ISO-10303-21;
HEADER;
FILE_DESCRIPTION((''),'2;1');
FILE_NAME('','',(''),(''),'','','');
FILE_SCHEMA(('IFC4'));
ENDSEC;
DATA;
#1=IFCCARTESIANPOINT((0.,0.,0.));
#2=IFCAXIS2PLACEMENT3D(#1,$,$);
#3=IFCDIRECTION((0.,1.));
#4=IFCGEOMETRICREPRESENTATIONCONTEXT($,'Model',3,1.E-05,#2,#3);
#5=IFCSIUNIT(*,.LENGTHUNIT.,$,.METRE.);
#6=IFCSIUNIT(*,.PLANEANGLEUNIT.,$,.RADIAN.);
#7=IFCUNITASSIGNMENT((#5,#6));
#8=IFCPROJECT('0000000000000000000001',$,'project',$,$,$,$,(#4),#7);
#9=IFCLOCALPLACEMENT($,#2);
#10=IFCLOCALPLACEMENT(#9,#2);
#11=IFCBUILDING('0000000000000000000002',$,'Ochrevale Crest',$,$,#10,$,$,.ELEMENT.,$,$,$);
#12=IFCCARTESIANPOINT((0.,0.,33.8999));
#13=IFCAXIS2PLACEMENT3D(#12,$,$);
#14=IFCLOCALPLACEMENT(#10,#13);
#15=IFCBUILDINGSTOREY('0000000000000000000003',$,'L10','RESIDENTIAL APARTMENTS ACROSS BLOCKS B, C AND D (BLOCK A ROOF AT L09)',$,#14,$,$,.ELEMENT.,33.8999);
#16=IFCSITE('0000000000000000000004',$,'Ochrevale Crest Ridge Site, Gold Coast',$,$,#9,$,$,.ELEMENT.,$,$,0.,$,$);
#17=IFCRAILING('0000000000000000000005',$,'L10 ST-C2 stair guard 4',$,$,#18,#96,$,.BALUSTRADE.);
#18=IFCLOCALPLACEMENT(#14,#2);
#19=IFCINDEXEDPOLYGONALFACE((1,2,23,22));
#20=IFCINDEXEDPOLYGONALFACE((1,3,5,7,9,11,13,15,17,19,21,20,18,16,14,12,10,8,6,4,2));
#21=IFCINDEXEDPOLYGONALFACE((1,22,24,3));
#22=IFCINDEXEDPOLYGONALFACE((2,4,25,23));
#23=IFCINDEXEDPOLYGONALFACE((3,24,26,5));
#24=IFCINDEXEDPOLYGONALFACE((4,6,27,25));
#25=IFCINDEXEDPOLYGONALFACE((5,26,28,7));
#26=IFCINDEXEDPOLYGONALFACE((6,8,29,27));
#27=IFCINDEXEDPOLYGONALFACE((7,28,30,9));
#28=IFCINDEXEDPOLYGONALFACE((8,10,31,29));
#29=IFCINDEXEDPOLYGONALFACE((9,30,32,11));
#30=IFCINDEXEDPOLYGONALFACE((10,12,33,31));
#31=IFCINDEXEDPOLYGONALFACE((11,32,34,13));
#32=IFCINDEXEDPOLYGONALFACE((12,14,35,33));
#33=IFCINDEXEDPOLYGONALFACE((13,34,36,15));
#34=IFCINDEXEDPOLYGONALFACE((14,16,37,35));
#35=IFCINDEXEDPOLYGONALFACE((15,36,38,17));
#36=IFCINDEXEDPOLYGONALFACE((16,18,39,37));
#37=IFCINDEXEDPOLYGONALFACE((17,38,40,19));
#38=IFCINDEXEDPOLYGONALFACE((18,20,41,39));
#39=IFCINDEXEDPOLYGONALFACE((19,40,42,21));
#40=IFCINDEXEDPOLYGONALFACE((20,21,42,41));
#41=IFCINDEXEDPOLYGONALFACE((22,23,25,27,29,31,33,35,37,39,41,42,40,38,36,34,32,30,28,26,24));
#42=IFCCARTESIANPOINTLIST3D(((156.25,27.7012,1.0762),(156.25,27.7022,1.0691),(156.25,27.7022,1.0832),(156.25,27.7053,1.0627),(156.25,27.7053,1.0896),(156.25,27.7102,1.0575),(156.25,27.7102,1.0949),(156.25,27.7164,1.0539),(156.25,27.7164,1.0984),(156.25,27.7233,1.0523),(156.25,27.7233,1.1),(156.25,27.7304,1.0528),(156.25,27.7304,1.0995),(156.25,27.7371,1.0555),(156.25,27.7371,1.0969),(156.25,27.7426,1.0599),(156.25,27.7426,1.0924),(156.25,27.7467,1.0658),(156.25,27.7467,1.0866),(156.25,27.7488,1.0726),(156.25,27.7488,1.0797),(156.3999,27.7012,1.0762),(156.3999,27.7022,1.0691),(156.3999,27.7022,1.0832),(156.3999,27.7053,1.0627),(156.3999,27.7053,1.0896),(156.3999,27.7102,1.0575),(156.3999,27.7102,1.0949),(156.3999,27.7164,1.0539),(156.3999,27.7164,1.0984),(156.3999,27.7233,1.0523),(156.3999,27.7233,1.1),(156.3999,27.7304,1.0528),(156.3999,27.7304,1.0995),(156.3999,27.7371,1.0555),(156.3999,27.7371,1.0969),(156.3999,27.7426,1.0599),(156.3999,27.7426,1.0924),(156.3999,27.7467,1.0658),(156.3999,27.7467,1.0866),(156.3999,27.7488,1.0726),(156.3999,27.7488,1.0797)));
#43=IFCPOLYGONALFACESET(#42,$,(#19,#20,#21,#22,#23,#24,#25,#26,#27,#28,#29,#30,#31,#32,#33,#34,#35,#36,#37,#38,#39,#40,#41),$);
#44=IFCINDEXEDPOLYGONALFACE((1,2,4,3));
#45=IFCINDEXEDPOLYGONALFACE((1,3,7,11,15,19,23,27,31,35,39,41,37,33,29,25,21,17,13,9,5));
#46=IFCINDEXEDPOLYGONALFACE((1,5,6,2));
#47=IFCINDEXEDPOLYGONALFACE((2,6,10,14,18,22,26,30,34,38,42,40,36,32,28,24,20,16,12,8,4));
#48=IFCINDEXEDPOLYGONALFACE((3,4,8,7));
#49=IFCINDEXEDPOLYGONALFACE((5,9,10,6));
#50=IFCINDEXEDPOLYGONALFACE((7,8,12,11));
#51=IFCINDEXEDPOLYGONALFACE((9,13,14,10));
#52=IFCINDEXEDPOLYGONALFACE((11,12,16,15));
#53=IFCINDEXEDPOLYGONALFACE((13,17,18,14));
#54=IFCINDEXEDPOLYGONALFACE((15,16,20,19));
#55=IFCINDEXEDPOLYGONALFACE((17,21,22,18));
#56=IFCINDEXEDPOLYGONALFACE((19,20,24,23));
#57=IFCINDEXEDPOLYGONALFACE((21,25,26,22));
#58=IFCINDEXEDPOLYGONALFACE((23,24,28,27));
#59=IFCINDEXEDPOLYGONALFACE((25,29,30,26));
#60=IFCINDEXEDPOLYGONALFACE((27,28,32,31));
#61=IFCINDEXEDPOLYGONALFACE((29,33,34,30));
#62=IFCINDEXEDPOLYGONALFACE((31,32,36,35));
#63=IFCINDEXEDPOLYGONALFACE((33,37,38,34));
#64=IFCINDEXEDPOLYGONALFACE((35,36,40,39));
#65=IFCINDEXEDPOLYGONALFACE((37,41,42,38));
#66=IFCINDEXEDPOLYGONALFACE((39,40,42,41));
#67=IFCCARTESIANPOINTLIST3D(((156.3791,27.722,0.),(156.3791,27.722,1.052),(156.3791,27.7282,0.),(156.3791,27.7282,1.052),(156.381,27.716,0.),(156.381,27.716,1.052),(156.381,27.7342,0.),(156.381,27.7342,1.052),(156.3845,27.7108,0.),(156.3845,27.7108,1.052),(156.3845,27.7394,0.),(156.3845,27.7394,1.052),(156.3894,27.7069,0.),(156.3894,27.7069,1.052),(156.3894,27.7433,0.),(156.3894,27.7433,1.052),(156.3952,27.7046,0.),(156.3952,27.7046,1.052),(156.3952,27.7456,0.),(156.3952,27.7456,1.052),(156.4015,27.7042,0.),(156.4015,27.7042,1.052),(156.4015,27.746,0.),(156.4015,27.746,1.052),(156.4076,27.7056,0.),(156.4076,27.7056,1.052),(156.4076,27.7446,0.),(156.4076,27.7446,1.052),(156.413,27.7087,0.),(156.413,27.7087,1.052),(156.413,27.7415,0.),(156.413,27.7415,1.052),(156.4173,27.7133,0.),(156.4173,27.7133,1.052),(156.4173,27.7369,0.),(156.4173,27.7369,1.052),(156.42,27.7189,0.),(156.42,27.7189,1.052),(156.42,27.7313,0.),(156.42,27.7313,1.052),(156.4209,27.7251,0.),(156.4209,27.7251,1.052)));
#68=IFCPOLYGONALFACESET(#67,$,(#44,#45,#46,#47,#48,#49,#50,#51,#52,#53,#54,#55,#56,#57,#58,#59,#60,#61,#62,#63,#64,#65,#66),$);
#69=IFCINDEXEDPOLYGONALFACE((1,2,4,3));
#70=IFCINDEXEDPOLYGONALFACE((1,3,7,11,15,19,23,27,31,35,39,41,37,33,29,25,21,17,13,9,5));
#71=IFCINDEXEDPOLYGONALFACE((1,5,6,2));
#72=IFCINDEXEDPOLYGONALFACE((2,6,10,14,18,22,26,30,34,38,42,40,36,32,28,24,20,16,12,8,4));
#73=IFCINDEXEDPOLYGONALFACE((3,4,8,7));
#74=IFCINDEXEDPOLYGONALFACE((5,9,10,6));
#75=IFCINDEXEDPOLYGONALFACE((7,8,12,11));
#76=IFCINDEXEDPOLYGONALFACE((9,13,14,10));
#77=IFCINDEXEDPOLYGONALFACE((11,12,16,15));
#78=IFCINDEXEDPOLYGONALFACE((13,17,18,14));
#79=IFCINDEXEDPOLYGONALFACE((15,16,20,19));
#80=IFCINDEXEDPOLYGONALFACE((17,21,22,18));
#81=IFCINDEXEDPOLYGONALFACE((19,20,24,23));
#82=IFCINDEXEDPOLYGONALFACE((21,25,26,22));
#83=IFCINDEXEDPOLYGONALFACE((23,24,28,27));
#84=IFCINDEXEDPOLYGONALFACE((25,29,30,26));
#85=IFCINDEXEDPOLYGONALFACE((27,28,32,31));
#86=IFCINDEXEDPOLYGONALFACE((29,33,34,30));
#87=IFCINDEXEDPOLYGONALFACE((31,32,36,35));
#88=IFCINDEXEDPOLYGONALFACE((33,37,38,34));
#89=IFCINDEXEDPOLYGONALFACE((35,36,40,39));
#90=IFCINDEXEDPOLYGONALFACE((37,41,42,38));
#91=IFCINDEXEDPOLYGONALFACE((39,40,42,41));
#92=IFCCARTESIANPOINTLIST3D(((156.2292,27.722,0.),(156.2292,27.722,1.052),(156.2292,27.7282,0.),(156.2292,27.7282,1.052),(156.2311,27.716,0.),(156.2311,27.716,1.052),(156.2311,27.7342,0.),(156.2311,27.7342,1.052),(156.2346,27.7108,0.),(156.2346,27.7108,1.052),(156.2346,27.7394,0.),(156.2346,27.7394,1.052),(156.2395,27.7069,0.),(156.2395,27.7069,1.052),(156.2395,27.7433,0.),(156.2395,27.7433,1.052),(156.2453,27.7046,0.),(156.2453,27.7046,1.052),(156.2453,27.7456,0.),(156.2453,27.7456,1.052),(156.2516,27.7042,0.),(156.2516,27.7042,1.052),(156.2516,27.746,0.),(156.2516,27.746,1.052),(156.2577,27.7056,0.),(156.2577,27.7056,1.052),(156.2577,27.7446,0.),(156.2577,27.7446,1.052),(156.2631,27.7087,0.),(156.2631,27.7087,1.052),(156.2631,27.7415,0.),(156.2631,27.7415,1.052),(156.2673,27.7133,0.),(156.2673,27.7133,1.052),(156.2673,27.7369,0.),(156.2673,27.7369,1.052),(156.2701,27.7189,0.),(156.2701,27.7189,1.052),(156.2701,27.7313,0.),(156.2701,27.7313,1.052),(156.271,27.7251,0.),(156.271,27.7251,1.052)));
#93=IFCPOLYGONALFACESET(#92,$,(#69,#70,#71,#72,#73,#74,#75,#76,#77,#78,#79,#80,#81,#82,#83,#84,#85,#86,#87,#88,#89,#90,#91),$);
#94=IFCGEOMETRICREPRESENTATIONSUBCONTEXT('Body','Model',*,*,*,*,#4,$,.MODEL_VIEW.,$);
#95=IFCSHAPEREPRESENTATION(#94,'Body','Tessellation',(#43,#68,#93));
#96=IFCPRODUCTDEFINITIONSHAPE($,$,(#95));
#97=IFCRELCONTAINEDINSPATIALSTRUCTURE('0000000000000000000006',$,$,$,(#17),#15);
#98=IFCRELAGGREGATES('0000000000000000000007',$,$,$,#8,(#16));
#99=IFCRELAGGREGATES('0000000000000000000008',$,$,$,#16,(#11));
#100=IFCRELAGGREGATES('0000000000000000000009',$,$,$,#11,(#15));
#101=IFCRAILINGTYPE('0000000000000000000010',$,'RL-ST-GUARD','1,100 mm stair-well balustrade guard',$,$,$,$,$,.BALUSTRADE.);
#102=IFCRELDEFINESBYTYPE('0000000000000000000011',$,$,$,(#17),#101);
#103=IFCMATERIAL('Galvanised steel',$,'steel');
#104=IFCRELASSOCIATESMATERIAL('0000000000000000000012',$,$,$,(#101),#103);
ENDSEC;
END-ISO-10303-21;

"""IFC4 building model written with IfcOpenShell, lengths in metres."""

from ifc_helpers import new_model, si_unit, direction, frame, origin, origin_2d, place, context, subcontext, project, spatial, circle, extrude, material, type_object, element, save


model = new_model("IFC4")

# Units and contexts
model_context = context("Model", 3, precision=1e-05, world=origin(), true_north=direction((0.0, 1.0)))
body_context = subcontext(model_context, "Body", "Model", "MODEL_VIEW")
ifc_project = project(units=[si_unit("LENGTHUNIT", "METRE"), si_unit("PLANEANGLEUNIT", "RADIAN")], contexts=[model_context])

# Site, building, storey
site_placement = place(None, origin())
site = spatial("IfcSite", under=ifc_project, at=site_placement, Name="Ochrevale Crest Ridge Site, Gold Coast", CompositionType="ELEMENT", RefElevation=0.0)
building_placement = place(site_placement, origin())
building = spatial("IfcBuilding", under=site, at=building_placement, Name="Ochrevale Crest", CompositionType="ELEMENT")
storey_placement = place(building_placement, frame((0.0, 0.0, 33.8999)))
storey = spatial("IfcBuildingStorey", under=building, at=storey_placement, Name="L10", Description="RESIDENTIAL APARTMENTS ACROSS BLOCKS B, C AND D (BLOCK A ROOF AT L09)", CompositionType="ELEMENT", Elevation=33.8999)

# Railing
ifc_material_1 = material(Name="Galvanised steel", Category="steel")
railing_type_1 = type_object("IfcRailingType", Name="RL-ST-GUARD", Description="1,100 mm stair-well balustrade guard", PredefinedType="BALUSTRADE", material=ifc_material_1)
railing_1_placement = place(storey_placement, frame((156.3999, 27.7251, 0.0)))
element("IfcRailing", 1, at=railing_1_placement, inside=storey, type_object=railing_type_1, Name="L10 ST-C2 stair guard 4", PredefinedType="BALUSTRADE", context=body_context, shape_type="SweptSolid", body=[
    extrude(circle(Radius=0.0239, at=origin_2d()), frame((0.0, 0.0, 1.0762), z_axis=(-1.0, 0.0, 0.0), x_axis=(0.0, -1.0, 0.0)), (0.0, 0.0, 1.0), 0.1499),
    extrude(circle(Radius=0.021, at=origin_2d()), origin(), (0.0, 0.0, 1.0), 1.052),
    extrude(circle(Radius=0.021, at=origin_2d()), frame((-0.1499, 0.0, 0.0)), (0.0, 0.0, 1.0), 1.052),
])

save(model, "model.ifc")
